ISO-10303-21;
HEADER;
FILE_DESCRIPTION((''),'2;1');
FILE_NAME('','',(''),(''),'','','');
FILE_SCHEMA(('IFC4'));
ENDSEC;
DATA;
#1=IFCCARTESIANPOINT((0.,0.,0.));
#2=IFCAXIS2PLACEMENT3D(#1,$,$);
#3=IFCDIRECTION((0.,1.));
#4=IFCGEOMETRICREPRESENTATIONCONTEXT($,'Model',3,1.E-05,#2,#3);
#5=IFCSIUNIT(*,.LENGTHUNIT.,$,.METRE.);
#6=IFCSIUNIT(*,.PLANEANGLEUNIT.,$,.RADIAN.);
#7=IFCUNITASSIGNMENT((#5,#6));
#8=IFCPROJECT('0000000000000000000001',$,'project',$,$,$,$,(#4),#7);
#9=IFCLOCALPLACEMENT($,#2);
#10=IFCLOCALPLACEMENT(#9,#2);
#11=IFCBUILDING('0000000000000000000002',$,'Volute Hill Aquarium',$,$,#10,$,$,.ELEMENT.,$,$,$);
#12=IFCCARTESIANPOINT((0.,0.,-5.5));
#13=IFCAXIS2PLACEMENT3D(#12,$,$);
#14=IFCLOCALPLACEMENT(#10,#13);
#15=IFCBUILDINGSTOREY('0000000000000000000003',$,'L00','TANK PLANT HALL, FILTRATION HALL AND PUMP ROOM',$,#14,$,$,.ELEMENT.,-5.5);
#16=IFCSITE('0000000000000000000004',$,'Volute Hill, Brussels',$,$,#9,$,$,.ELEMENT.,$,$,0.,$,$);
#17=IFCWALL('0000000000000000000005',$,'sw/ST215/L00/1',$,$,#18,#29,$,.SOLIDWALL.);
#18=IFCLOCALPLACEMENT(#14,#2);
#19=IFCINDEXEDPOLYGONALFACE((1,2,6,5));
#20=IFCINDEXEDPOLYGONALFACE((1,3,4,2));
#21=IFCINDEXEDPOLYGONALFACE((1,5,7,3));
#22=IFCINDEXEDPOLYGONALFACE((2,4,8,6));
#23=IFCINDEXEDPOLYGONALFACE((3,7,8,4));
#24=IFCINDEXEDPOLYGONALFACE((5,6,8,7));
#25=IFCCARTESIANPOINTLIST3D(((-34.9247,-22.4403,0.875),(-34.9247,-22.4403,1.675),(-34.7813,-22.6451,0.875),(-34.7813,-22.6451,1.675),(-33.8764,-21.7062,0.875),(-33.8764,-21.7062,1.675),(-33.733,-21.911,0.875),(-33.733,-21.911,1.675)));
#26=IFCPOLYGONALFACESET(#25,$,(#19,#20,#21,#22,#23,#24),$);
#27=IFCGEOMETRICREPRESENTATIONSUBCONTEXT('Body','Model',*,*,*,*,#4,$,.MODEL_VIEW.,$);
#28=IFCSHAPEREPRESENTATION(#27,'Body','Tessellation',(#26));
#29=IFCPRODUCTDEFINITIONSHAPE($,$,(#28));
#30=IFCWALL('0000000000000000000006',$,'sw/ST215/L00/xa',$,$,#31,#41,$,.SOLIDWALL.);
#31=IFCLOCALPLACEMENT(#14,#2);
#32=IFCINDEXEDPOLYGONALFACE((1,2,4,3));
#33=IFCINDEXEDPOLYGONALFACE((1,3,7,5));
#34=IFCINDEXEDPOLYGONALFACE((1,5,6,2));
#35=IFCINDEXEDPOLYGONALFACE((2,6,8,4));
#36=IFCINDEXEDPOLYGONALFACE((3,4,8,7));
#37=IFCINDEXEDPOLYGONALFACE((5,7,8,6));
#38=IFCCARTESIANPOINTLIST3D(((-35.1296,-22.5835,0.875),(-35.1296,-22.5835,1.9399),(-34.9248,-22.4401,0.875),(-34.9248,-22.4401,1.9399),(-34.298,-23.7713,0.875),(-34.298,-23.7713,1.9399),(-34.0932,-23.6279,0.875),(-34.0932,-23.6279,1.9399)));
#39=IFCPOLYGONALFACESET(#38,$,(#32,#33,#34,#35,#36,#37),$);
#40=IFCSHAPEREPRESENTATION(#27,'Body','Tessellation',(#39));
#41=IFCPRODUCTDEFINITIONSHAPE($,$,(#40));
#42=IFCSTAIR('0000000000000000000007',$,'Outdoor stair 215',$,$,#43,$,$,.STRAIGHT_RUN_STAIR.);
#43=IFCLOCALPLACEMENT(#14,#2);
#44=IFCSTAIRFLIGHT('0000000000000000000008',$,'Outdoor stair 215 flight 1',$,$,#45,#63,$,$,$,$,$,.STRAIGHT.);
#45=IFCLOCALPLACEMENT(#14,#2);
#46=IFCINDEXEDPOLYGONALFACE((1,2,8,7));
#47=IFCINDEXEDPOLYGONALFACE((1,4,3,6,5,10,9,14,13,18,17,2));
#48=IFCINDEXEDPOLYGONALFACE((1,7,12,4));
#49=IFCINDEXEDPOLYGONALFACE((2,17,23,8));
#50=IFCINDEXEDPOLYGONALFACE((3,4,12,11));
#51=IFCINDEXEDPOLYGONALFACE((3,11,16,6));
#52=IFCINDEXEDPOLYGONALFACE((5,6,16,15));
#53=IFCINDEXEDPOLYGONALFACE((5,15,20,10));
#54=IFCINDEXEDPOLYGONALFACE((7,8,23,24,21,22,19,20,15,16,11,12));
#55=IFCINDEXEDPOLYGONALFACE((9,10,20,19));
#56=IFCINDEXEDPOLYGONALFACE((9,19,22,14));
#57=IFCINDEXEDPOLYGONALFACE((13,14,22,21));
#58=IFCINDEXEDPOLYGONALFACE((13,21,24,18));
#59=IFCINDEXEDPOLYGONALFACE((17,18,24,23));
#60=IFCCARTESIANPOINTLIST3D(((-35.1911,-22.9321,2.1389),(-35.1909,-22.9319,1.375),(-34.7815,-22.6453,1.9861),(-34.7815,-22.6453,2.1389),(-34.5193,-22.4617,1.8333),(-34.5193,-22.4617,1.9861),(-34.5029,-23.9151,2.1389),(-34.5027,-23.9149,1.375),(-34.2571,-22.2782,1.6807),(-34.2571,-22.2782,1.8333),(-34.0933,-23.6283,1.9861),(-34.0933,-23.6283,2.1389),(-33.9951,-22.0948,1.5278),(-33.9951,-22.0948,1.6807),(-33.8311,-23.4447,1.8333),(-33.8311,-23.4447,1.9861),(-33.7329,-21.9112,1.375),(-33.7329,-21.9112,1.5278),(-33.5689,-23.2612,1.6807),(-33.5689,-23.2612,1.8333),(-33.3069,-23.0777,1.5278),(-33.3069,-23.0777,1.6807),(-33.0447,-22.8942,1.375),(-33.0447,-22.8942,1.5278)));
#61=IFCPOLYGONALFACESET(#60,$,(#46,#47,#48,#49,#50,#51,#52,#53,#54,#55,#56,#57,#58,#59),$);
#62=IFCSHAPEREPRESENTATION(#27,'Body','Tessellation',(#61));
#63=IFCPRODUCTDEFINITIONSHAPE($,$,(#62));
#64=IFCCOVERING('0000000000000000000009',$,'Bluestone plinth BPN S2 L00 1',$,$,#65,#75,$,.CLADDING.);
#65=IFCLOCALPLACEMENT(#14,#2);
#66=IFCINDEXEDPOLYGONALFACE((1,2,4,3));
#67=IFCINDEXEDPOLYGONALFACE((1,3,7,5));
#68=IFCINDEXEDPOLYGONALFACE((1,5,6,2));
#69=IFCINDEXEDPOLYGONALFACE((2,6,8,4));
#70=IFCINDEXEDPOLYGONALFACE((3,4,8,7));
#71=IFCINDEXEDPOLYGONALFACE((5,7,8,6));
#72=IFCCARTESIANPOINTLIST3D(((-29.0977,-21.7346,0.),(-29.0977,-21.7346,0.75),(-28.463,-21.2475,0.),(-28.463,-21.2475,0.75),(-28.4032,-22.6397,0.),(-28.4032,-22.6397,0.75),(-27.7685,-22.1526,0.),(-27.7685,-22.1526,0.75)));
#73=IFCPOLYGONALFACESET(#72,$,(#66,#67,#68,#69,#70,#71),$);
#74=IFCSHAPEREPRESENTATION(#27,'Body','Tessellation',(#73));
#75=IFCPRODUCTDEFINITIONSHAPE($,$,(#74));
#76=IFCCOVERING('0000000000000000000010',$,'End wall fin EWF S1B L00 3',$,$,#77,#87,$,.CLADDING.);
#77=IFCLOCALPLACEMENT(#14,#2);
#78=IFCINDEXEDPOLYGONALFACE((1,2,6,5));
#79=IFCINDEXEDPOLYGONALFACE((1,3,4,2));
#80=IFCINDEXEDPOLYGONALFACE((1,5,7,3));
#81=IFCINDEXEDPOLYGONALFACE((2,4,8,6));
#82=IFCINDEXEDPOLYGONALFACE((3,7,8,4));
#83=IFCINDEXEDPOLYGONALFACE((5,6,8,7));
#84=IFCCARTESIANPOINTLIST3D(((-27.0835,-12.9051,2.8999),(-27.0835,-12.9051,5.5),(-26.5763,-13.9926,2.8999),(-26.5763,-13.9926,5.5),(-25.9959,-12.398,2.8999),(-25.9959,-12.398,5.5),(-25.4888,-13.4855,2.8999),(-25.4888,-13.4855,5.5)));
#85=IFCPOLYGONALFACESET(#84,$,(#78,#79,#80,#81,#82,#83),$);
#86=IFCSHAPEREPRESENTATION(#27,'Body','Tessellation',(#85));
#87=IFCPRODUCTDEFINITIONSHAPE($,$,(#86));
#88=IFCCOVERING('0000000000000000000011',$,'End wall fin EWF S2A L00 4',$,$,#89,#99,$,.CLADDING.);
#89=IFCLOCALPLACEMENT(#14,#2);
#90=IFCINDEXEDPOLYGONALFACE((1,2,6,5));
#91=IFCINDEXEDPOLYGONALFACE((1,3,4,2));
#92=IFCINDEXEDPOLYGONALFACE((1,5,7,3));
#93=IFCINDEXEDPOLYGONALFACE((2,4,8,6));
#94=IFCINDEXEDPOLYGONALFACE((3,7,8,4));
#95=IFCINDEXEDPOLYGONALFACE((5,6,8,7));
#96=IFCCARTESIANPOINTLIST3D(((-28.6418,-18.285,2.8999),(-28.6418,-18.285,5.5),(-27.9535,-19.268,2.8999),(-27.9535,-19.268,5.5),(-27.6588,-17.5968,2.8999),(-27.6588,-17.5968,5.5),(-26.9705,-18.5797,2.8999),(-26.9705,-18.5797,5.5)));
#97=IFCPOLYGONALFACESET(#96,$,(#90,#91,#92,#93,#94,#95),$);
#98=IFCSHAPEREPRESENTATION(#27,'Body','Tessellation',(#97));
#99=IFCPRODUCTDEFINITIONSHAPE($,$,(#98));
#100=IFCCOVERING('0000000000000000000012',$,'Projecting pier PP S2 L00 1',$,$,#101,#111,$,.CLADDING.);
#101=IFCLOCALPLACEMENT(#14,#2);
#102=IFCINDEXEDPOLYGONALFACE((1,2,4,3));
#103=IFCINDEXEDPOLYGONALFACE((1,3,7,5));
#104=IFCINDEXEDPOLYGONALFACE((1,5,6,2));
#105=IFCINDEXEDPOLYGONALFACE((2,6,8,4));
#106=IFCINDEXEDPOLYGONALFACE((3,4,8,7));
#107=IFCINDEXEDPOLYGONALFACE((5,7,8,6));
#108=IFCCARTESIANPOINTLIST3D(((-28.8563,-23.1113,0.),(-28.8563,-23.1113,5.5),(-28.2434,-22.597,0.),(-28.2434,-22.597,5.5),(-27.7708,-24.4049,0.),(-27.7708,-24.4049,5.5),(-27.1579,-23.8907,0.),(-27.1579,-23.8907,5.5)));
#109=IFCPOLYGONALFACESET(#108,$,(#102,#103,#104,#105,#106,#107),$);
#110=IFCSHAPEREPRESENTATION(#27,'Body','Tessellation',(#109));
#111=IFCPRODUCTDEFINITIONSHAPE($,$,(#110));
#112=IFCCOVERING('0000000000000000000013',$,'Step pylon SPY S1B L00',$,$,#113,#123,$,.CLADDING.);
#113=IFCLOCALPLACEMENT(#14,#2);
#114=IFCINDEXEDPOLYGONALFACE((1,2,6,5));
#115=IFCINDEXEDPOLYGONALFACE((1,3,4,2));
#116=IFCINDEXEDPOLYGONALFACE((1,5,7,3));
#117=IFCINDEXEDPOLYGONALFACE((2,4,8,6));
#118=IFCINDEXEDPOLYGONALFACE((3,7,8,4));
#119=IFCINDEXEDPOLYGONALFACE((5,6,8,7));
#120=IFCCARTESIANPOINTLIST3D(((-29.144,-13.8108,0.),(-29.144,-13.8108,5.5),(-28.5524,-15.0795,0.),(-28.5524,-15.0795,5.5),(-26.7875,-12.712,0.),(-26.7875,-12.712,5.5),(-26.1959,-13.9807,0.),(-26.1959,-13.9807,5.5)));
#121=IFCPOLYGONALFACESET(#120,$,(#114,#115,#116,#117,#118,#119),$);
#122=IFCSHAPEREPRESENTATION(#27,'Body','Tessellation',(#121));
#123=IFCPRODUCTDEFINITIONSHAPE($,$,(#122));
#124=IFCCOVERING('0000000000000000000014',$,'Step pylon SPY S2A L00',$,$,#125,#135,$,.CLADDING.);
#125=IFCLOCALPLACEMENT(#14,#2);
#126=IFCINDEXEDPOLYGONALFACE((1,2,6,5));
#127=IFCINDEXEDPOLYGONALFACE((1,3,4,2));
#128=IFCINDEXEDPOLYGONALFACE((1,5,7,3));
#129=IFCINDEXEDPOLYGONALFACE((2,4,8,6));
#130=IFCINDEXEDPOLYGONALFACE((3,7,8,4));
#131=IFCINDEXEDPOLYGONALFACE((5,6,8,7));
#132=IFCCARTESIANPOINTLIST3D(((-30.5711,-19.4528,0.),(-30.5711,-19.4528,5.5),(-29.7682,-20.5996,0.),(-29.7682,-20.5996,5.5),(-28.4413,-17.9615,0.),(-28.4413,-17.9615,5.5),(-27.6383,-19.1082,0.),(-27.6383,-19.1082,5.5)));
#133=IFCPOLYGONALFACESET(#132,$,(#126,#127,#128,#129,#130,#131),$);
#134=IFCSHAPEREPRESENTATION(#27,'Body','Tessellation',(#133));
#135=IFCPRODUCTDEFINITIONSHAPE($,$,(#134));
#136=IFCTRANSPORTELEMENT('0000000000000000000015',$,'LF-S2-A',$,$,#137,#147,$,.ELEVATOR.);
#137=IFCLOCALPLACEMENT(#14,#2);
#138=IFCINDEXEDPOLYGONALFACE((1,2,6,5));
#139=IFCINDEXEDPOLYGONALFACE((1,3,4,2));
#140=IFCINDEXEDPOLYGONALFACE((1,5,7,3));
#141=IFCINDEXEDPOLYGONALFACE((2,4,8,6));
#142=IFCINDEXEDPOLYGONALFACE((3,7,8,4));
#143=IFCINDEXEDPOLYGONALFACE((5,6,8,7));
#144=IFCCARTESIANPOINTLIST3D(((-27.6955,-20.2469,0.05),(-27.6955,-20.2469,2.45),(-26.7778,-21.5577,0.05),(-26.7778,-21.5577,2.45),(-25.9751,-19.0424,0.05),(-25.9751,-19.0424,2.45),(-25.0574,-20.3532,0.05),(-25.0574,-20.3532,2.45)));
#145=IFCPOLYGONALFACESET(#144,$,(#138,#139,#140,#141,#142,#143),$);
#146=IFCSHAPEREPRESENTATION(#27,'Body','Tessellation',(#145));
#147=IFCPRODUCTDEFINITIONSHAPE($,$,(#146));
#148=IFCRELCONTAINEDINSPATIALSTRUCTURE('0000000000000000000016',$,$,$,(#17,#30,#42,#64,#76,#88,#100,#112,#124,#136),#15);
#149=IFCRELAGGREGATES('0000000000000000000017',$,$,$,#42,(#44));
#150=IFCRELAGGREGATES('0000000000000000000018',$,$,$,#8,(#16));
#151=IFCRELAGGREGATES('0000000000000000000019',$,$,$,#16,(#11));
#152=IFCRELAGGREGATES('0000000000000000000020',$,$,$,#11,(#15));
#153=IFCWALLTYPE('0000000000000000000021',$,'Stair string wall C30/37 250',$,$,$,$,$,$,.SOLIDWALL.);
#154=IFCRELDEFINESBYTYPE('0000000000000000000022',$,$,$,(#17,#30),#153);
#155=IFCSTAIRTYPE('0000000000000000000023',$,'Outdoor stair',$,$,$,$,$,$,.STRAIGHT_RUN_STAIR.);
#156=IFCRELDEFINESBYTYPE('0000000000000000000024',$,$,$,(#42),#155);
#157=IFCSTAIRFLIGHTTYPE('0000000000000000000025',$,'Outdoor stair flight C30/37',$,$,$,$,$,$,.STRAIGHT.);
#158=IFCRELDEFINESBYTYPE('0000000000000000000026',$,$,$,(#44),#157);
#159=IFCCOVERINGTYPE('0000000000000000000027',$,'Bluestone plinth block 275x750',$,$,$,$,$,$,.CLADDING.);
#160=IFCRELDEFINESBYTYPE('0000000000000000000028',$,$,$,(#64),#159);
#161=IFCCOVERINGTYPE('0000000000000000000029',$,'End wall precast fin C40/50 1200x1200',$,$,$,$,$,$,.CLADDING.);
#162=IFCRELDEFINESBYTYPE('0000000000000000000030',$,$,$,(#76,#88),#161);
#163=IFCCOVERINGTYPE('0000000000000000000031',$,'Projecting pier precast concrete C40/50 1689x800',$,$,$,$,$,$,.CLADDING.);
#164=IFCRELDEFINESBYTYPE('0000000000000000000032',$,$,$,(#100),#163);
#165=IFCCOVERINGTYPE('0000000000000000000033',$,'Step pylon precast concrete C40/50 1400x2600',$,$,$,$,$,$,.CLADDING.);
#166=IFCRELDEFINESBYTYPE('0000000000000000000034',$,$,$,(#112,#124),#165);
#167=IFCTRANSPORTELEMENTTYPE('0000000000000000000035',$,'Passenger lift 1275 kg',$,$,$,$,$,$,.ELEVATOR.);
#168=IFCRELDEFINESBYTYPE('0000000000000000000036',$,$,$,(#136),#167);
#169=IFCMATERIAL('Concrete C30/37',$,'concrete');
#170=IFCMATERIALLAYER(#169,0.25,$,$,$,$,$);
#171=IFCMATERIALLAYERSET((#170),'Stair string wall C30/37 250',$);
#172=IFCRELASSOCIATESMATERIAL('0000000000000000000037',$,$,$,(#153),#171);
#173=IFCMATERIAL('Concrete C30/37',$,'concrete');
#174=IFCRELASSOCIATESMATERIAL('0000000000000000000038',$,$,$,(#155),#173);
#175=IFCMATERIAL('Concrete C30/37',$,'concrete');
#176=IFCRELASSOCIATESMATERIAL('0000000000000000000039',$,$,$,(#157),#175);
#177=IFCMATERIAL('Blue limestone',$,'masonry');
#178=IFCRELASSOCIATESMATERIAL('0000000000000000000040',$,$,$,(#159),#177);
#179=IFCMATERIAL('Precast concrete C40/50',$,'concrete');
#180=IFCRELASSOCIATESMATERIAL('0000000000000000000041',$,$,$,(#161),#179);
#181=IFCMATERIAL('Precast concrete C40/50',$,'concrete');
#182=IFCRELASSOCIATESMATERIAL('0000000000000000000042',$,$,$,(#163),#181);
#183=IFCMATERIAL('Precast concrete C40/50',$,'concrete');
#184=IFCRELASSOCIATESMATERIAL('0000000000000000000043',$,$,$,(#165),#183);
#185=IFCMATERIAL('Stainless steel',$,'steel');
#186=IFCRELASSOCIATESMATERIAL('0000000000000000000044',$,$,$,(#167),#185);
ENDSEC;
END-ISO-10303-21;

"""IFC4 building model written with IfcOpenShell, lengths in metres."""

from ifc_helpers import new_model, si_unit, direction, frame, frame_2d, origin, origin_2d, place, context, subcontext, project, spatial, polyline, rectangle, outline, extrude, material, layer, layer_set, type_object, element, aggregate, save


model = new_model("IFC4")

# Units and contexts
model_context = context("Model", 3, precision=1e-05, world=origin(), true_north=direction((0.0, 1.0)))
body_context = subcontext(model_context, "Body", "Model", "MODEL_VIEW")
ifc_project = project(units=[si_unit("LENGTHUNIT", "METRE"), si_unit("PLANEANGLEUNIT", "RADIAN")], contexts=[model_context])

# Site, building, storey
site_placement = place(None, origin())
site = spatial("IfcSite", under=ifc_project, at=site_placement, Name="Volute Hill, Brussels", CompositionType="ELEMENT", RefElevation=0.0)
building_placement = place(site_placement, origin())
building = spatial("IfcBuilding", under=site, at=building_placement, Name="Volute Hill Aquarium", CompositionType="ELEMENT")
storey_placement = place(building_placement, frame((0.0, 0.0, -5.5)))
storey = spatial("IfcBuildingStorey", under=building, at=storey_placement, Name="L00", Description="TANK PLANT HALL, FILTRATION HALL AND PUMP ROOM", CompositionType="ELEMENT", Elevation=-5.5)

# Walls
ifc_material_1 = material(Name="Concrete C30/37", Category="concrete")
ifc_layer_1 = layer(ifc_material_1, 0.25)
ifc_layer_set_1 = layer_set([ifc_layer_1], Name="Stair string wall C30/37 250")
wall_type_1 = type_object("IfcWallType", Name="Stair string wall C30/37 250", PredefinedType="SOLIDWALL", material=ifc_layer_set_1)
wall_1_placement = place(storey_placement, frame((-33.8047, -21.8086, 0.875), z_axis=(0.0, 0.0, 1.0), x_axis=(-0.819124, -0.573616, 0.0)))
element("IfcWall", 1, at=wall_1_placement, inside=storey, type_object=wall_type_1, Name="sw/ST215/L00/1", PredefinedType="SOLIDWALL", context=body_context, shape_type="SweptSolid", body=[
    extrude(rectangle(XDim=1.2798, YDim=0.25, at=frame_2d((0.6399, 0.0))), origin(), (0.0, 0.0, 1.0), 0.8),
])
wall_2_placement = place(storey_placement, frame((-34.1956, -23.6997, 0.875), z_axis=(0.0, 0.0, 1.0), x_axis=(-0.573519, 0.819192, 0.0)))
element("IfcWall", 2, at=wall_2_placement, inside=storey, type_object=wall_type_1, Name="sw/ST215/L00/xa", PredefinedType="SOLIDWALL", context=body_context, shape_type="SweptSolid", body=[
    extrude(rectangle(XDim=1.45, YDim=0.25, at=frame_2d((0.7251, 0.0))), origin(), (0.0, 0.0, 1.0), 1.0649),
])

# Stair, stair flight
ifc_material_2 = material(Name="Concrete C30/37", Category="concrete")
stair_type = type_object("IfcStairType", Name="Outdoor stair", PredefinedType="STRAIGHT_RUN_STAIR", material=ifc_material_2)
stair_placement = place(storey_placement, origin())
stair = element("IfcStair", 3, at=stair_placement, inside=storey, type_object=stair_type, Name="Outdoor stair 215", PredefinedType="STRAIGHT_RUN_STAIR")
ifc_material_3 = material(Name="Concrete C30/37", Category="concrete")
stair_flight_type = type_object("IfcStairFlightType", Name="Outdoor stair flight C30/37", PredefinedType="STRAIGHT", material=ifc_material_3)
stair_flight_placement = place(storey_placement, frame((-33.3889, -22.4026, 1.375), z_axis=(0.0, 0.0, 1.0), x_axis=(-0.819193, -0.573518, 0.0)))
stair_flight = element("IfcStairFlight", 4, at=stair_flight_placement, type_object=stair_flight_type, Name="Outdoor stair 215 flight 1", PredefinedType="STRAIGHT", context=body_context, shape_type="SweptSolid", body=[
    extrude(outline(polyline([(0.0, 0.0), (1.7798, 0.0), (1.78, 0.7639), (1.28, 0.7639), (1.28, 0.6111), (0.96, 0.6111), (0.96, 0.4583), (0.6399, 0.4583), (0.6399, 0.3057), (0.3201, 0.3057), (0.3201, 0.1528), (0.0, 0.1528), (0.0, 0.0), (0.0, 0.0)])), frame((0.0, 0.6001, 0.0), z_axis=(0.0, -1.0, 0.0), x_axis=(1.0, 0.0, 0.0)), (0.0, 0.0, 1.0), 1.2),
])
aggregate(stair, [stair_flight])

# Coverings
ifc_material_4 = material(Name="Blue limestone", Category="masonry")
covering_type_1 = type_object("IfcCoveringType", Name="Bluestone plinth block 275x750", PredefinedType="CLADDING", material=ifc_material_4)
covering_1_placement = place(storey_placement, frame((-28.4331, -21.9436, 0.0), z_axis=(0.0, 0.0, 1.0), x_axis=(0.608762, -0.793353, 0.0)))
element("IfcCovering", 5, at=covering_1_placement, inside=storey, type_object=covering_type_1, Name="Bluestone plinth BPN S2 L00 1", PredefinedType="CLADDING", context=body_context, shape_type="SweptSolid", body=[
    extrude(rectangle(XDim=1.1409, YDim=0.8, at=origin_2d()), origin(), (0.0, 0.0, 1.0), 0.75),
])
ifc_material_5 = material(Name="Precast concrete C40/50", Category="concrete")
covering_type_2 = type_object("IfcCoveringType", Name="End wall precast fin C40/50 1200x1200", PredefinedType="CLADDING", material=ifc_material_5)
for number, where, z_axis, x_axis, name in (
    (6, (-26.2861, -13.1953, 2.8999), (0.0, 0.0, 1.0), (-0.906304, -0.422626, 0.0), "End wall fin EWF S1B L00 3"),
    (7, (-27.8062, -18.4324, 2.8999), (0.0, 0.0, 1.0), (-0.819154, -0.573574, 0.0), "End wall fin EWF S2A L00 4"),
):
    element("IfcCovering", number, at=place(storey_placement, frame(where, z_axis=z_axis, x_axis=x_axis)), inside=storey, type_object=covering_type_2, Name=name, PredefinedType="CLADDING", context=body_context, shape_type="SweptSolid", body=[
        extrude(rectangle(XDim=1.2, YDim=1.2, at=origin_2d()), origin(), (0.0, 0.0, 1.0), 2.6001),
    ])

# Covering
ifc_material_6 = material(Name="Precast concrete C40/50", Category="concrete")
covering_type_3 = type_object("IfcCoveringType", Name="Projecting pier precast concrete C40/50 1689x800", PredefinedType="CLADDING", material=ifc_material_6)
covering_2_placement = place(storey_placement, frame((-28.0071, -23.501, 0.0), z_axis=(0.0, 0.0, 1.0), x_axis=(0.642788, -0.766044, 0.0)))
element("IfcCovering", 8, at=covering_2_placement, inside=storey, type_object=covering_type_3, Name="Projecting pier PP S2 L00 1", PredefinedType="CLADDING", context=body_context, shape_type="SweptSolid", body=[
    extrude(rectangle(XDim=1.6887, YDim=0.8, at=origin_2d()), origin(), (0.0, 0.0, 1.0), 5.5),
])

# Coverings
ifc_material_7 = material(Name="Precast concrete C40/50", Category="concrete")
covering_type_4 = type_object("IfcCoveringType", Name="Step pylon precast concrete C40/50 1400x2600", PredefinedType="CLADDING", material=ifc_material_7)
for number, where, z_axis, x_axis, name in (
    (9, (-27.6699, -13.8958, 0.0), (0.0, 0.0, 1.0), (-0.906308, -0.422618, 0.0), "Step pylon SPY S1B L00"),
    (10, (-29.1047, -19.2805, 0.0), (0.0, 0.0, 1.0), (-0.819152, -0.573576, 0.0), "Step pylon SPY S2A L00"),
):
    element("IfcCovering", number, at=place(storey_placement, frame(where, z_axis=z_axis, x_axis=x_axis)), inside=storey, type_object=covering_type_4, Name=name, PredefinedType="CLADDING", context=body_context, shape_type="SweptSolid", body=[
        extrude(rectangle(XDim=2.6001, YDim=1.3999, at=origin_2d()), origin(), (0.0, 0.0, 1.0), 5.5),
    ])

# Transport element
ifc_material_8 = material(Name="Stainless steel", Category="steel")
transport_element_type = type_object("IfcTransportElementType", Name="Passenger lift 1275 kg", PredefinedType="ELEVATOR", material=ifc_material_8)
transport_element_placement = place(storey_placement, frame((-26.3765, -20.3, 0.05), z_axis=(0.0, 0.0, 1.0), x_axis=(-0.819204, -0.573503, 0.0)))
element("IfcTransportElement", 11, at=transport_element_placement, inside=storey, type_object=transport_element_type, Name="LF-S2-A", PredefinedType="ELEVATOR", context=body_context, shape_type="SweptSolid", body=[
    extrude(rectangle(XDim=2.1001, YDim=1.6001, at=origin_2d()), origin(), (0.0, 0.0, 1.0), 2.3999),
])

save(model, "model.ifc")
